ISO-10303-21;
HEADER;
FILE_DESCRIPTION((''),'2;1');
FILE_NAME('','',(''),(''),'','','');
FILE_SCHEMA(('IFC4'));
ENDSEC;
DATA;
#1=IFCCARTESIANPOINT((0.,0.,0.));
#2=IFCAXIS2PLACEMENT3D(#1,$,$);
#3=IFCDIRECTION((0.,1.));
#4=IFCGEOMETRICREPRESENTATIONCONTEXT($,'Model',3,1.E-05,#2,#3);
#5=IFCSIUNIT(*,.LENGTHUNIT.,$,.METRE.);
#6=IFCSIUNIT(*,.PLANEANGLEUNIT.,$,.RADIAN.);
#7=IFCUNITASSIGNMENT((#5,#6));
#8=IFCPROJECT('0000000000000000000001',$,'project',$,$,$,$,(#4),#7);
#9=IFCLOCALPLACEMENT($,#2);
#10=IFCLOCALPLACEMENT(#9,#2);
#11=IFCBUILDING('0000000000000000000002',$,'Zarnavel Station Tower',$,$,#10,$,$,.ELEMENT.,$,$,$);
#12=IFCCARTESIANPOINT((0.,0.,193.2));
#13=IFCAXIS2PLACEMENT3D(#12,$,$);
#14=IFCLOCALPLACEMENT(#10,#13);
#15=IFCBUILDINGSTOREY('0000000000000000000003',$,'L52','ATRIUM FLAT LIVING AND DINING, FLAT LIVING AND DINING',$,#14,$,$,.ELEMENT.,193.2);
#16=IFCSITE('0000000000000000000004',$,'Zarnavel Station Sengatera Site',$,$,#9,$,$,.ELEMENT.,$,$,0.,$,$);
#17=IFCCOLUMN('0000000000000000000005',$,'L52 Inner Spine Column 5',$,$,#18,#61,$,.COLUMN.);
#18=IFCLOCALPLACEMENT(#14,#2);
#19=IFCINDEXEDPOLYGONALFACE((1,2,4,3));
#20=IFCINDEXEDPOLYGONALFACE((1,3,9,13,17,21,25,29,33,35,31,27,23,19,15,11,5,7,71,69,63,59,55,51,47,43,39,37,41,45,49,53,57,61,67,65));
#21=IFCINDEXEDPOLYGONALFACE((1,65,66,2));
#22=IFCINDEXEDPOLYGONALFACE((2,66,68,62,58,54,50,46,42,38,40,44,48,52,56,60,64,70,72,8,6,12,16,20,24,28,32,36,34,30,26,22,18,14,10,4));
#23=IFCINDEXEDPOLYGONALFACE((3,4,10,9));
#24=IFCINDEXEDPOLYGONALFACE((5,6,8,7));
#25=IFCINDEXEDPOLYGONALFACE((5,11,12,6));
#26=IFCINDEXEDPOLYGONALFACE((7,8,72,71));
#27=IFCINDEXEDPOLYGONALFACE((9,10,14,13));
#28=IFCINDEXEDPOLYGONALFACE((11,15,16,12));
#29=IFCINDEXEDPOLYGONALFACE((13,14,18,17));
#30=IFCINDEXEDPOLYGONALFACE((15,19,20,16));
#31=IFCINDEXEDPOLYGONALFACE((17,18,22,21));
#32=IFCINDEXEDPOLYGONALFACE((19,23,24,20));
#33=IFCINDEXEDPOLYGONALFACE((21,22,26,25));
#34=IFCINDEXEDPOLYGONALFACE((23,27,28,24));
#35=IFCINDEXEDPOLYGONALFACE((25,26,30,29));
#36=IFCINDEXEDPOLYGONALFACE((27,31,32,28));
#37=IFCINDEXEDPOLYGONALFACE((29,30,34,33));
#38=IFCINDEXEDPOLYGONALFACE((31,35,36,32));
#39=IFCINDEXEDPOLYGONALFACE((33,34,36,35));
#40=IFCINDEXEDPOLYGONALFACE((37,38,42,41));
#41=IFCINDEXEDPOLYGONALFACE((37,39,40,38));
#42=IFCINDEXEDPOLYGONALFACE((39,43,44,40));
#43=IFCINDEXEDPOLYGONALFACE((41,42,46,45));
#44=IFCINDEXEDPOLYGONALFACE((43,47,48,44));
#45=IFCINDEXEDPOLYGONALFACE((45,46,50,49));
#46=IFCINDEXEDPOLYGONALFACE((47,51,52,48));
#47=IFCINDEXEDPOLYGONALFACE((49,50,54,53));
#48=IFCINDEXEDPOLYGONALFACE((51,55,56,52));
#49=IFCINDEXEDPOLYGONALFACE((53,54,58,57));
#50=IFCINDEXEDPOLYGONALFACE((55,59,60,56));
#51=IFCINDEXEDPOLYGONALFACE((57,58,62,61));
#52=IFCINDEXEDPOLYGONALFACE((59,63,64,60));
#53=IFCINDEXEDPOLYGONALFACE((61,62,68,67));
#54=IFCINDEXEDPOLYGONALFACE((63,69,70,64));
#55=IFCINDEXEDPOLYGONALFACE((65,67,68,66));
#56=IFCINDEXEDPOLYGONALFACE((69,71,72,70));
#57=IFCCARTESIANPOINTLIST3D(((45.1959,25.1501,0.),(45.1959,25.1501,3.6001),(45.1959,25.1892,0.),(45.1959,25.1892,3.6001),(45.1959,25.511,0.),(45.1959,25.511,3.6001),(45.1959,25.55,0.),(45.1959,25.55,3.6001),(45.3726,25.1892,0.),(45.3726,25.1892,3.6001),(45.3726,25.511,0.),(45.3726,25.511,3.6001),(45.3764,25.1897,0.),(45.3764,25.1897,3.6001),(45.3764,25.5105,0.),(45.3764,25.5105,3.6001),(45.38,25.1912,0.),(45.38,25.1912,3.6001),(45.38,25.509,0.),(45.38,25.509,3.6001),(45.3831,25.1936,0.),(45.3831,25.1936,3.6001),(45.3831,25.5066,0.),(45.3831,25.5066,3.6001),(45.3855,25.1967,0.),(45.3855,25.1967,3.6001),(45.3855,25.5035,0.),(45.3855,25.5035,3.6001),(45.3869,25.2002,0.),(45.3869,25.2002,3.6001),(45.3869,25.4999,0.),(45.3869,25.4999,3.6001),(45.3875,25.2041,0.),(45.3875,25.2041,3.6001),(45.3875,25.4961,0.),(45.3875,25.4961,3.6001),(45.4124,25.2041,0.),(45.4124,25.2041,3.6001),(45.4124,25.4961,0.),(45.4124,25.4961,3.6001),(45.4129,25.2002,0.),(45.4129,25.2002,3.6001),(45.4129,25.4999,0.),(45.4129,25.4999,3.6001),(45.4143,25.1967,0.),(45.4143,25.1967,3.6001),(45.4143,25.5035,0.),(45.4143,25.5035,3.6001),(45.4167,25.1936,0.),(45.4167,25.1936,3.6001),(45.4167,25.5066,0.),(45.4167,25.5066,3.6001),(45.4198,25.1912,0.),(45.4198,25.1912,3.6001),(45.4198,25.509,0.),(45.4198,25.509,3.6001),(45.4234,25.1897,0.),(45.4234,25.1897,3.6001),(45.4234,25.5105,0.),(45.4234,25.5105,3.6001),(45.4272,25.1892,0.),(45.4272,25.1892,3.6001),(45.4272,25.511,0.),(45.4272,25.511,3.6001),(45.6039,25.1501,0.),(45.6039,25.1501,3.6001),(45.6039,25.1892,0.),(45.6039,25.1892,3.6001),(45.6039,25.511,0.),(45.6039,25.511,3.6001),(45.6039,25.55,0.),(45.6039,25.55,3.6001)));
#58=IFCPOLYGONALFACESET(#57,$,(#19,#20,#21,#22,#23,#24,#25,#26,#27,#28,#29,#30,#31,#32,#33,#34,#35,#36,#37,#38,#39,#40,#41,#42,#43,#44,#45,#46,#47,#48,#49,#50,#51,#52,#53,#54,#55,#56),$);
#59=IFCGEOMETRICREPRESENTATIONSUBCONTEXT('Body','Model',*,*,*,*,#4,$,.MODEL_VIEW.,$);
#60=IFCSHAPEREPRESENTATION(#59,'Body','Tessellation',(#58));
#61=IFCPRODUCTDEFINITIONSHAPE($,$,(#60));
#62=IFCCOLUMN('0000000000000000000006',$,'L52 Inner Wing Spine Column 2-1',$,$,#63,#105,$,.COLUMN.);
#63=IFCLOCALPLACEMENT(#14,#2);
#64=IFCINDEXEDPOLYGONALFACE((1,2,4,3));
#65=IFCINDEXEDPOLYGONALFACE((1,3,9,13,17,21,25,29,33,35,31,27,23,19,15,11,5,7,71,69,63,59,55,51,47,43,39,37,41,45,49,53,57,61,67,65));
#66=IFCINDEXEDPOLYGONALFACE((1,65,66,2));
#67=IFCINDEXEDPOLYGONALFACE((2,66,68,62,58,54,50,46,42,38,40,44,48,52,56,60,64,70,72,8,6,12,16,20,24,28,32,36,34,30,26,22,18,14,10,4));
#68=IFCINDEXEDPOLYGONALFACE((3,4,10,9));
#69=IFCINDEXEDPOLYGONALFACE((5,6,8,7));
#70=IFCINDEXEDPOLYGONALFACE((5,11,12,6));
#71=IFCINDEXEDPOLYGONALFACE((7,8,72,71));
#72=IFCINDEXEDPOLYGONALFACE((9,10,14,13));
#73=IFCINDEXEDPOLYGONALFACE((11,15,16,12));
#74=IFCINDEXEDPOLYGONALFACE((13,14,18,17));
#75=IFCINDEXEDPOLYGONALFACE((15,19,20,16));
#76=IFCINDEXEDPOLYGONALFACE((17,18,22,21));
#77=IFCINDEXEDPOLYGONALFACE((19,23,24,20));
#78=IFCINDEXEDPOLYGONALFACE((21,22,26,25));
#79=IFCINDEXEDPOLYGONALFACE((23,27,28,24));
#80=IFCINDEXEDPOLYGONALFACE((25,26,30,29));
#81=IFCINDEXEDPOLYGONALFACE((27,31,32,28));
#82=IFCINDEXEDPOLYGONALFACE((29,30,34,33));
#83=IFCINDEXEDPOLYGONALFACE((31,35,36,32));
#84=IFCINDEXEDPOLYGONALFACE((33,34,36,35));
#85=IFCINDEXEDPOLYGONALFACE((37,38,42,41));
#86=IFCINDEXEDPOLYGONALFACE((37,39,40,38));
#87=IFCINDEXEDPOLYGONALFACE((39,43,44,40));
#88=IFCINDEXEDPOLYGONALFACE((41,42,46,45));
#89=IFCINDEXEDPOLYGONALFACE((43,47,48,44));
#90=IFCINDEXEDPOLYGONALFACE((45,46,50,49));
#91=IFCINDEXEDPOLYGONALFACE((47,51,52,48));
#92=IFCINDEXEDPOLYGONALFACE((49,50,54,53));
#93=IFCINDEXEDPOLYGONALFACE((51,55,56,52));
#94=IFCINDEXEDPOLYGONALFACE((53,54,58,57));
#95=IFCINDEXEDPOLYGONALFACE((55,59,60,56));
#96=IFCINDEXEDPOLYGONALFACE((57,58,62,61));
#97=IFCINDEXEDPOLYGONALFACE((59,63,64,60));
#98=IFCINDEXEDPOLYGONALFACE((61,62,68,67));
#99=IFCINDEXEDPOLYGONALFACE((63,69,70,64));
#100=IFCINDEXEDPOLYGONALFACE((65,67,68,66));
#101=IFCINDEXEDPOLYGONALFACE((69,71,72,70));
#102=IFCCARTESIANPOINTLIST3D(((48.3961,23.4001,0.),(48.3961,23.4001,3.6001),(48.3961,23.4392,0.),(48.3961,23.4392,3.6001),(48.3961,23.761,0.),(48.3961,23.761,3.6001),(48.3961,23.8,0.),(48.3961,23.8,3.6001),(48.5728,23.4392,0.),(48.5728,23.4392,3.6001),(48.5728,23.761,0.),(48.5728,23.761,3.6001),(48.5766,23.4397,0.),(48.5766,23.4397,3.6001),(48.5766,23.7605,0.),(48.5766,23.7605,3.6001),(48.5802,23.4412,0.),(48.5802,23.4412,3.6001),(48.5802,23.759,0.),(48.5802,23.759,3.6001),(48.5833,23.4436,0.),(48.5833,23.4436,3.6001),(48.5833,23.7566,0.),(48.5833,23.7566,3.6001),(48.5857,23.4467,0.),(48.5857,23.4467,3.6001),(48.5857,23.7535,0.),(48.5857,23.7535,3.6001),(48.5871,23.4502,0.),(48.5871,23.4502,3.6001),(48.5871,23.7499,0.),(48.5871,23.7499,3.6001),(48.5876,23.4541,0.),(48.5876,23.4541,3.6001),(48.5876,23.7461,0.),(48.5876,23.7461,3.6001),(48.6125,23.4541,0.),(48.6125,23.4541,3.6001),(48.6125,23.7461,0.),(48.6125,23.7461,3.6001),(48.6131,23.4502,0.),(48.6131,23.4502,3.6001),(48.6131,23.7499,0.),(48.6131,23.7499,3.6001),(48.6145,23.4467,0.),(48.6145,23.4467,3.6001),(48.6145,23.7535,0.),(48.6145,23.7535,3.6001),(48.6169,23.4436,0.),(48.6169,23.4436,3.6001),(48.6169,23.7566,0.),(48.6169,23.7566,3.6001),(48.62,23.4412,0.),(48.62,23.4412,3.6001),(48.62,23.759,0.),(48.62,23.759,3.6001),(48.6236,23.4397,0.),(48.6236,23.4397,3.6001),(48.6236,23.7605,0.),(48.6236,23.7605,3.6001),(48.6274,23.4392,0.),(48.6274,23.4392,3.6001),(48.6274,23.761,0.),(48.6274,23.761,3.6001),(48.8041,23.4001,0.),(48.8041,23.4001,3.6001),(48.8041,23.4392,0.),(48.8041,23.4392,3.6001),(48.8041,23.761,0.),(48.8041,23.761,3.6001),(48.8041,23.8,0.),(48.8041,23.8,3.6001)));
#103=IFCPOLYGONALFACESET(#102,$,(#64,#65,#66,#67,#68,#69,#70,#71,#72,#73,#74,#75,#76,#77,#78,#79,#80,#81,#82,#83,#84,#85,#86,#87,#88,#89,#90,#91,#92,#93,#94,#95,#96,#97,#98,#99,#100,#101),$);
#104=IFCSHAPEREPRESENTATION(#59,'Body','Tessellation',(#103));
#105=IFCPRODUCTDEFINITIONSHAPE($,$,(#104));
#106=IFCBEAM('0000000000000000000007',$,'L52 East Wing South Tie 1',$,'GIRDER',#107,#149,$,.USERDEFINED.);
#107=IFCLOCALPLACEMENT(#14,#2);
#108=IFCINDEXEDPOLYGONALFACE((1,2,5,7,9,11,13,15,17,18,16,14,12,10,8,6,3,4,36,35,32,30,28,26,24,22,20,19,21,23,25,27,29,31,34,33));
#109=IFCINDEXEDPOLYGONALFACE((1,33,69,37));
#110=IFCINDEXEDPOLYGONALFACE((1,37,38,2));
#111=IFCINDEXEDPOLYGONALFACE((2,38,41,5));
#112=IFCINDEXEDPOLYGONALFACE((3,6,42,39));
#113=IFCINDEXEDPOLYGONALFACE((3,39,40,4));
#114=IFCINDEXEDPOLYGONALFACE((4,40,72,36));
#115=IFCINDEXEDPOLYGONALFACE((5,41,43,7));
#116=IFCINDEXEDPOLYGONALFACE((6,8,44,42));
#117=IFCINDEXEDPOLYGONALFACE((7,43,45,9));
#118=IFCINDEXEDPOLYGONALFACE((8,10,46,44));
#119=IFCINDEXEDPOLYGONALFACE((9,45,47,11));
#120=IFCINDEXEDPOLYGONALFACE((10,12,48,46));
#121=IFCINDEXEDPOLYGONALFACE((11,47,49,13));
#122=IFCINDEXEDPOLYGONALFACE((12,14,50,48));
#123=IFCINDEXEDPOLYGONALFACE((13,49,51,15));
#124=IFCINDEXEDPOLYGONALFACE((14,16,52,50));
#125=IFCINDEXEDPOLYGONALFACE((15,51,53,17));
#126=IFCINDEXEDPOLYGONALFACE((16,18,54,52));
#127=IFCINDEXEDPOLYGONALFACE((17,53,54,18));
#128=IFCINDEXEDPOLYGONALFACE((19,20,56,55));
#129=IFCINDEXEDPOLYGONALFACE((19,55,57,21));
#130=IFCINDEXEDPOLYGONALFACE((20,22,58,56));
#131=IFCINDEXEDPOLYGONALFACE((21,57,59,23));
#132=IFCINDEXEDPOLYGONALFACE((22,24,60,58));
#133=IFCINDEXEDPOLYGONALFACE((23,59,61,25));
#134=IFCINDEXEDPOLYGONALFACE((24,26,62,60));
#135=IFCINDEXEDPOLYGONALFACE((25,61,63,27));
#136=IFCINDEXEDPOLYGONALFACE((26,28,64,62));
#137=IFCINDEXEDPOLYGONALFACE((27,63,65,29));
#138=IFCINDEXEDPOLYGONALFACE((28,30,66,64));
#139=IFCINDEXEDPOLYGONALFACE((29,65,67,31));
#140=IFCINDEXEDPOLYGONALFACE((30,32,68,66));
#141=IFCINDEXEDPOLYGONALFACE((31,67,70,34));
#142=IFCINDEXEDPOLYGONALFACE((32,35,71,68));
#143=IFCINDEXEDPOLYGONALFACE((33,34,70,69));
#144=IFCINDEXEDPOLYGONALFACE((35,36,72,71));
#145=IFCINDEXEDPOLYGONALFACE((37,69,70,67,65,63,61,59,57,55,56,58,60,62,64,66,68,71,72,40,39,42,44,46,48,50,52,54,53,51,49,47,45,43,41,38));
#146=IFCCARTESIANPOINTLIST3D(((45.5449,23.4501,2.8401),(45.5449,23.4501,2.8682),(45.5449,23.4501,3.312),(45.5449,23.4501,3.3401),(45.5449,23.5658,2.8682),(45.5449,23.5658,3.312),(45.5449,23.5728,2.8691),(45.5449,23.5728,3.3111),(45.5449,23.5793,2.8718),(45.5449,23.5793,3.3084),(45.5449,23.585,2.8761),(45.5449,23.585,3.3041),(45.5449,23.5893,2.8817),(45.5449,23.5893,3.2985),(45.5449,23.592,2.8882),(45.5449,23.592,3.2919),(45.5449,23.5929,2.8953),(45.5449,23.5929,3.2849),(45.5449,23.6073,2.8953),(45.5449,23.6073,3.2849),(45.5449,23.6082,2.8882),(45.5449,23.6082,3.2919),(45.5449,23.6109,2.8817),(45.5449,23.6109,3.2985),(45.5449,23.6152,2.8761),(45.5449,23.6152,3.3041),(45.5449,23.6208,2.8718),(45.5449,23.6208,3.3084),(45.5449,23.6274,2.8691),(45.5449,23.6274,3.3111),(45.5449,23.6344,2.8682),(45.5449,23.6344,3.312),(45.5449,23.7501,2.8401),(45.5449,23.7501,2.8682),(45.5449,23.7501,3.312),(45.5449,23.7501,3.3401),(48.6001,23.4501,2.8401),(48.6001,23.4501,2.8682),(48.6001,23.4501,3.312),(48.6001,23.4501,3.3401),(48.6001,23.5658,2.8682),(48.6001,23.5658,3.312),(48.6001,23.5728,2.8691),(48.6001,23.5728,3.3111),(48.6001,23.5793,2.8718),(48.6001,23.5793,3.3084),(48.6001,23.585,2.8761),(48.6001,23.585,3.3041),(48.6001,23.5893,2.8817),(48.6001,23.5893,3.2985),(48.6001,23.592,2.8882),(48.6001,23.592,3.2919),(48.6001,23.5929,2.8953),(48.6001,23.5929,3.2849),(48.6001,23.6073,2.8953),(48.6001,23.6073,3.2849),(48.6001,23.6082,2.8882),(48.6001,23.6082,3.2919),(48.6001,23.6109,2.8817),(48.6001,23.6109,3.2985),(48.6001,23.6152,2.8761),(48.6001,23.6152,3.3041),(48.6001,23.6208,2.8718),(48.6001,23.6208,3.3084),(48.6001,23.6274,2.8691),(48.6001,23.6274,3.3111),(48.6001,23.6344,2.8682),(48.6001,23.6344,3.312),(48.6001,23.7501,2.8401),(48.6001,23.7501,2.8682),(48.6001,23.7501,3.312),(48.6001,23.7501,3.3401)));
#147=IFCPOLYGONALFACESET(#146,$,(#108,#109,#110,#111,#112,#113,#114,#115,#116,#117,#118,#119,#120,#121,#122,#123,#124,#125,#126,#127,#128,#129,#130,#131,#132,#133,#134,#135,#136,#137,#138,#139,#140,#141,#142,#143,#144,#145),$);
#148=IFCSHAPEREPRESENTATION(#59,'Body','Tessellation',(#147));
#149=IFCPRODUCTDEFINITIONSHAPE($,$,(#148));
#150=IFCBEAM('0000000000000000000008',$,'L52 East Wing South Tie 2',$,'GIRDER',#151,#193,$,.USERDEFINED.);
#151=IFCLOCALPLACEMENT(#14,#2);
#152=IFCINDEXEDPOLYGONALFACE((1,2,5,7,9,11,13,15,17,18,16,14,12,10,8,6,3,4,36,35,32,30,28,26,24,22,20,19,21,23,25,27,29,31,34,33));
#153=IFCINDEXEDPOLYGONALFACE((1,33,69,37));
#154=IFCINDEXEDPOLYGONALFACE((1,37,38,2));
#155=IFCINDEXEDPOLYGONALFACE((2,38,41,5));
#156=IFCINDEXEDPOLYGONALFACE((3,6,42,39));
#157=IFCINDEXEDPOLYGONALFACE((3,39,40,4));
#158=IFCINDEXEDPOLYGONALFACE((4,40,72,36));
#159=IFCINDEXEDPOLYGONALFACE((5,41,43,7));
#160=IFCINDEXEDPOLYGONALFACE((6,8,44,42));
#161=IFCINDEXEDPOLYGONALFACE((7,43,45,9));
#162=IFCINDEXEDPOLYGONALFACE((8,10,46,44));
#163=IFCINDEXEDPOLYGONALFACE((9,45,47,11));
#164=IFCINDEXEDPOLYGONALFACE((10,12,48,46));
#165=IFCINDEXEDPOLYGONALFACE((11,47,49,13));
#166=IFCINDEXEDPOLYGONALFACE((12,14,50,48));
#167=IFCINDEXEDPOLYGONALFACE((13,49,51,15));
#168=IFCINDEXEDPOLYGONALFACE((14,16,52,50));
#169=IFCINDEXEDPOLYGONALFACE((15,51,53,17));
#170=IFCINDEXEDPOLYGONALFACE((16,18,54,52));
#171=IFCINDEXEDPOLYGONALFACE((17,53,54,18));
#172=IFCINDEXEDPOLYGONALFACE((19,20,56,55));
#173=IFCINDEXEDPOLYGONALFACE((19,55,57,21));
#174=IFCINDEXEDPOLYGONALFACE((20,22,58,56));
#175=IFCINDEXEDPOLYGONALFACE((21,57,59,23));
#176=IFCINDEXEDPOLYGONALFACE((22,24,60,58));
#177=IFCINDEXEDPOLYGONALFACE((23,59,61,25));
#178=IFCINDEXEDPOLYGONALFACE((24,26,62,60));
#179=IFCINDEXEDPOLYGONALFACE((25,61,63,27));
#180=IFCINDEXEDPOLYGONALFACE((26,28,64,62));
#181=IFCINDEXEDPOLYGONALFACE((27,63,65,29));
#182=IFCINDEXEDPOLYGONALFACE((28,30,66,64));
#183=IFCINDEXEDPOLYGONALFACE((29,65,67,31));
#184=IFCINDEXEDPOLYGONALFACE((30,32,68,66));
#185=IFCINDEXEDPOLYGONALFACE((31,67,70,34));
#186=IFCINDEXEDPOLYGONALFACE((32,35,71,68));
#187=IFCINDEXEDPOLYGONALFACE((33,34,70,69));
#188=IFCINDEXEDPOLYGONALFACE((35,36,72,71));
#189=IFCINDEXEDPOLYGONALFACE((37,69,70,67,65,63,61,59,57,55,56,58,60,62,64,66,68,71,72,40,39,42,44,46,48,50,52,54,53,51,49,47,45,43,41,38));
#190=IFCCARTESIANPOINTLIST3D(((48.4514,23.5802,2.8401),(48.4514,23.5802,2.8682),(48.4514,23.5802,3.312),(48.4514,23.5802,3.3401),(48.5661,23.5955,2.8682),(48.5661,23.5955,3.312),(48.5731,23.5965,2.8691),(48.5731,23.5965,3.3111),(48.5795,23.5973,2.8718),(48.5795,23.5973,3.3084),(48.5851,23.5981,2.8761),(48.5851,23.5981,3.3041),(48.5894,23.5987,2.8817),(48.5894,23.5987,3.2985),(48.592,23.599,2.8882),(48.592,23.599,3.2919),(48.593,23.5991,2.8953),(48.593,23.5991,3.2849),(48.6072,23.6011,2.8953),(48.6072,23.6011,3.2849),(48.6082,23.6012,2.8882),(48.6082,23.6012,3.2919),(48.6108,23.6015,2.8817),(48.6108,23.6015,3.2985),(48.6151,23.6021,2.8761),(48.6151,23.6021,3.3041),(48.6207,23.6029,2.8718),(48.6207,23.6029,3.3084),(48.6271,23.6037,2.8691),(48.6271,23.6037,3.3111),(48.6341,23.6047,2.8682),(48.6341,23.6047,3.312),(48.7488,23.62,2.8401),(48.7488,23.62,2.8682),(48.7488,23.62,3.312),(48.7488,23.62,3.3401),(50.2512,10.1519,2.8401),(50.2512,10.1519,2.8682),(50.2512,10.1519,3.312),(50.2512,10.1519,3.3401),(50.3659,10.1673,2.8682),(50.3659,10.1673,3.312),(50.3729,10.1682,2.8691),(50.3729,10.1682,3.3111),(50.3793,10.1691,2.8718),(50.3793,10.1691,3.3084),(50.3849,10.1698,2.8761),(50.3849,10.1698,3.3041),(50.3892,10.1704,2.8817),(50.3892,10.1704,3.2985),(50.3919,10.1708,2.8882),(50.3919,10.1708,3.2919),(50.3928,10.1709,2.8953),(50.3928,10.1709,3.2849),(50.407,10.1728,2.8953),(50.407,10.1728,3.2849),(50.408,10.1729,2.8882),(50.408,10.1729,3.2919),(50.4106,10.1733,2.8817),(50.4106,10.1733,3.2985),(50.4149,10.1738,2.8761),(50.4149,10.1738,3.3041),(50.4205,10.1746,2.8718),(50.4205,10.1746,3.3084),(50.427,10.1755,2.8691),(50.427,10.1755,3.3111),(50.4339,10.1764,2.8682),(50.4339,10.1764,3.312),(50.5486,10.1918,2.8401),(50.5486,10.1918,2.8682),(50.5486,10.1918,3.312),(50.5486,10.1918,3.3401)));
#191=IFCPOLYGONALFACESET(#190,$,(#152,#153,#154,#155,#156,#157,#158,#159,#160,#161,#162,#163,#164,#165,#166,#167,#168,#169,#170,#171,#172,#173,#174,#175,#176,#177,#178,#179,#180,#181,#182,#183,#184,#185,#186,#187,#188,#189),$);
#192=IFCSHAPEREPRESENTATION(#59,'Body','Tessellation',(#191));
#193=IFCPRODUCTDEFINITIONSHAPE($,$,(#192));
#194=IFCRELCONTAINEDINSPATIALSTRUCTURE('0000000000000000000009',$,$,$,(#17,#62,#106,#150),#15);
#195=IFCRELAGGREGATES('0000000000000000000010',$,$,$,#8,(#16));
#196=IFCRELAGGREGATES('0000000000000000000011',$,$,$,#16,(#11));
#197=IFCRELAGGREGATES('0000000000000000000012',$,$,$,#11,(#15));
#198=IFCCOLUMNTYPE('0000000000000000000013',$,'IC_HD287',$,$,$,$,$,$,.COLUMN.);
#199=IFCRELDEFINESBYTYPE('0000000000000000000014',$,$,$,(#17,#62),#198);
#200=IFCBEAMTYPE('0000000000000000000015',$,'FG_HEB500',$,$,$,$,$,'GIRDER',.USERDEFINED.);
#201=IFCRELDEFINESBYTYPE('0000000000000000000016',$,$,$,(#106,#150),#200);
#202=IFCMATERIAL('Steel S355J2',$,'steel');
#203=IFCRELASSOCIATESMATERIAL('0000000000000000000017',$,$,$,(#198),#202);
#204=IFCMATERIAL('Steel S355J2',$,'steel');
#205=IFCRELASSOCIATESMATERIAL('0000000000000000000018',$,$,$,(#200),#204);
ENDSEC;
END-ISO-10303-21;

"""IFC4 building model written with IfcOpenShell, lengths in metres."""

from ifc_helpers import new_model, si_unit, direction, frame, origin, origin_2d, place, context, subcontext, project, spatial, i_section, extrude, material, material_profile, profile_set, type_object, element, save


model = new_model("IFC4")

# Units and contexts
model_context = context("Model", 3, precision=1e-05, world=origin(), true_north=direction((0.0, 1.0)))
body_context = subcontext(model_context, "Body", "Model", "MODEL_VIEW")
ifc_project = project(units=[si_unit("LENGTHUNIT", "METRE"), si_unit("PLANEANGLEUNIT", "RADIAN")], contexts=[model_context])

# Site, building, storey
site_placement = place(None, origin())
site = spatial("IfcSite", under=ifc_project, at=site_placement, Name="Zarnavel Station Sengatera Site", CompositionType="ELEMENT", RefElevation=0.0)
building_placement = place(site_placement, origin())
building = spatial("IfcBuilding", under=site, at=building_placement, Name="Zarnavel Station Tower", CompositionType="ELEMENT")
storey_placement = place(building_placement, frame((0.0, 0.0, 193.2)))
storey = spatial("IfcBuildingStorey", under=building, at=storey_placement, Name="L52", Description="ATRIUM FLAT LIVING AND DINING, FLAT LIVING AND DINING", CompositionType="ELEMENT", Elevation=193.2)

# Columns
ifc_material_1 = material(Name="Steel S355J2", Category="steel")
ifc_material_profile_1 = material_profile(ifc_material_1, i_section(OverallWidth=0.408, OverallDepth=0.3999, WebThickness=0.0249, FlangeThickness=0.0391, FilletRadius=0.0149, at=origin_2d()), Name="HD400x287")
ifc_profile_set_1 = profile_set([ifc_material_profile_1], Name="Steel S355J2")
column_type = type_object("IfcColumnType", Name="IC_HD287", PredefinedType="COLUMN", material=ifc_profile_set_1)
for number, where, z_axis, x_axis, name in (
    (1, (45.3999, 25.3501, 0.0), (0.0, 0.0, 1.0), (1.0, 0.0, 0.0), "L52 Inner Spine Column 5"),
    (2, (48.6001, 23.6001, 0.0), (0.0, 0.0, 1.0), (1.0, 0.0, 0.0), "L52 Inner Wing Spine Column 2-1"),
):
    element("IfcColumn", number, at=place(storey_placement, frame(where, z_axis=z_axis, x_axis=x_axis)), inside=storey, type_object=column_type, Name=name, PredefinedType="COLUMN", context=body_context, shape_type="SweptSolid", body=[
        extrude(i_section(OverallWidth=0.408, OverallDepth=0.3999, WebThickness=0.0249, FlangeThickness=0.0391, FilletRadius=0.0149, at=origin_2d()), origin(), (0.0, 0.0, 1.0), 3.6001),
    ])

# Beams
ifc_material_2 = material(Name="Steel S355J2", Category="steel")
ifc_material_profile_2 = material_profile(ifc_material_2, i_section(OverallWidth=0.3, OverallDepth=0.5, WebThickness=0.0144, FlangeThickness=0.0281, FilletRadius=0.0271, at=origin_2d()), Name="HEB500")
ifc_profile_set_2 = profile_set([ifc_material_profile_2], Name="Steel S355J2")
beam_type_1 = type_object("IfcBeamType", Name="FG_HEB500", ElementType="GIRDER", PredefinedType="USERDEFINED", material=ifc_profile_set_2)
beam_1_placement = place(storey_placement, frame((45.5449, 23.6001, 3.0901), z_axis=(1.0, 0.0, 0.0), x_axis=(0.0, 1.0, 0.0)))
element("IfcBeam", 3, at=beam_1_placement, inside=storey, type_object=beam_type_1, Name="L52 East Wing South Tie 1", ObjectType="GIRDER", PredefinedType="USERDEFINED", context=body_context, shape_type="SweptSolid", body=[
    extrude(i_section(OverallWidth=0.3, OverallDepth=0.5, WebThickness=0.0144, FlangeThickness=0.0281, FilletRadius=0.0271, at=origin_2d()), origin(), (0.0, 0.0, 1.0), 3.0552),
])
beam_2_placement = place(storey_placement, frame((48.6001, 23.6001, 3.0901), z_axis=(0.132844, -0.991137, 0.0), x_axis=(0.991137, 0.132844, 0.0)))
element("IfcBeam", 4, at=beam_2_placement, inside=storey, type_object=beam_type_1, Name="L52 East Wing South Tie 2", ObjectType="GIRDER", PredefinedType="USERDEFINED", context=body_context, shape_type="SweptSolid", body=[
    extrude(i_section(OverallWidth=0.3, OverallDepth=0.5, WebThickness=0.0144, FlangeThickness=0.0281, FilletRadius=0.0271, at=origin_2d()), origin(), (0.0, 0.0, 1.0), 13.5483),
])

save(model, "model.ifc")
